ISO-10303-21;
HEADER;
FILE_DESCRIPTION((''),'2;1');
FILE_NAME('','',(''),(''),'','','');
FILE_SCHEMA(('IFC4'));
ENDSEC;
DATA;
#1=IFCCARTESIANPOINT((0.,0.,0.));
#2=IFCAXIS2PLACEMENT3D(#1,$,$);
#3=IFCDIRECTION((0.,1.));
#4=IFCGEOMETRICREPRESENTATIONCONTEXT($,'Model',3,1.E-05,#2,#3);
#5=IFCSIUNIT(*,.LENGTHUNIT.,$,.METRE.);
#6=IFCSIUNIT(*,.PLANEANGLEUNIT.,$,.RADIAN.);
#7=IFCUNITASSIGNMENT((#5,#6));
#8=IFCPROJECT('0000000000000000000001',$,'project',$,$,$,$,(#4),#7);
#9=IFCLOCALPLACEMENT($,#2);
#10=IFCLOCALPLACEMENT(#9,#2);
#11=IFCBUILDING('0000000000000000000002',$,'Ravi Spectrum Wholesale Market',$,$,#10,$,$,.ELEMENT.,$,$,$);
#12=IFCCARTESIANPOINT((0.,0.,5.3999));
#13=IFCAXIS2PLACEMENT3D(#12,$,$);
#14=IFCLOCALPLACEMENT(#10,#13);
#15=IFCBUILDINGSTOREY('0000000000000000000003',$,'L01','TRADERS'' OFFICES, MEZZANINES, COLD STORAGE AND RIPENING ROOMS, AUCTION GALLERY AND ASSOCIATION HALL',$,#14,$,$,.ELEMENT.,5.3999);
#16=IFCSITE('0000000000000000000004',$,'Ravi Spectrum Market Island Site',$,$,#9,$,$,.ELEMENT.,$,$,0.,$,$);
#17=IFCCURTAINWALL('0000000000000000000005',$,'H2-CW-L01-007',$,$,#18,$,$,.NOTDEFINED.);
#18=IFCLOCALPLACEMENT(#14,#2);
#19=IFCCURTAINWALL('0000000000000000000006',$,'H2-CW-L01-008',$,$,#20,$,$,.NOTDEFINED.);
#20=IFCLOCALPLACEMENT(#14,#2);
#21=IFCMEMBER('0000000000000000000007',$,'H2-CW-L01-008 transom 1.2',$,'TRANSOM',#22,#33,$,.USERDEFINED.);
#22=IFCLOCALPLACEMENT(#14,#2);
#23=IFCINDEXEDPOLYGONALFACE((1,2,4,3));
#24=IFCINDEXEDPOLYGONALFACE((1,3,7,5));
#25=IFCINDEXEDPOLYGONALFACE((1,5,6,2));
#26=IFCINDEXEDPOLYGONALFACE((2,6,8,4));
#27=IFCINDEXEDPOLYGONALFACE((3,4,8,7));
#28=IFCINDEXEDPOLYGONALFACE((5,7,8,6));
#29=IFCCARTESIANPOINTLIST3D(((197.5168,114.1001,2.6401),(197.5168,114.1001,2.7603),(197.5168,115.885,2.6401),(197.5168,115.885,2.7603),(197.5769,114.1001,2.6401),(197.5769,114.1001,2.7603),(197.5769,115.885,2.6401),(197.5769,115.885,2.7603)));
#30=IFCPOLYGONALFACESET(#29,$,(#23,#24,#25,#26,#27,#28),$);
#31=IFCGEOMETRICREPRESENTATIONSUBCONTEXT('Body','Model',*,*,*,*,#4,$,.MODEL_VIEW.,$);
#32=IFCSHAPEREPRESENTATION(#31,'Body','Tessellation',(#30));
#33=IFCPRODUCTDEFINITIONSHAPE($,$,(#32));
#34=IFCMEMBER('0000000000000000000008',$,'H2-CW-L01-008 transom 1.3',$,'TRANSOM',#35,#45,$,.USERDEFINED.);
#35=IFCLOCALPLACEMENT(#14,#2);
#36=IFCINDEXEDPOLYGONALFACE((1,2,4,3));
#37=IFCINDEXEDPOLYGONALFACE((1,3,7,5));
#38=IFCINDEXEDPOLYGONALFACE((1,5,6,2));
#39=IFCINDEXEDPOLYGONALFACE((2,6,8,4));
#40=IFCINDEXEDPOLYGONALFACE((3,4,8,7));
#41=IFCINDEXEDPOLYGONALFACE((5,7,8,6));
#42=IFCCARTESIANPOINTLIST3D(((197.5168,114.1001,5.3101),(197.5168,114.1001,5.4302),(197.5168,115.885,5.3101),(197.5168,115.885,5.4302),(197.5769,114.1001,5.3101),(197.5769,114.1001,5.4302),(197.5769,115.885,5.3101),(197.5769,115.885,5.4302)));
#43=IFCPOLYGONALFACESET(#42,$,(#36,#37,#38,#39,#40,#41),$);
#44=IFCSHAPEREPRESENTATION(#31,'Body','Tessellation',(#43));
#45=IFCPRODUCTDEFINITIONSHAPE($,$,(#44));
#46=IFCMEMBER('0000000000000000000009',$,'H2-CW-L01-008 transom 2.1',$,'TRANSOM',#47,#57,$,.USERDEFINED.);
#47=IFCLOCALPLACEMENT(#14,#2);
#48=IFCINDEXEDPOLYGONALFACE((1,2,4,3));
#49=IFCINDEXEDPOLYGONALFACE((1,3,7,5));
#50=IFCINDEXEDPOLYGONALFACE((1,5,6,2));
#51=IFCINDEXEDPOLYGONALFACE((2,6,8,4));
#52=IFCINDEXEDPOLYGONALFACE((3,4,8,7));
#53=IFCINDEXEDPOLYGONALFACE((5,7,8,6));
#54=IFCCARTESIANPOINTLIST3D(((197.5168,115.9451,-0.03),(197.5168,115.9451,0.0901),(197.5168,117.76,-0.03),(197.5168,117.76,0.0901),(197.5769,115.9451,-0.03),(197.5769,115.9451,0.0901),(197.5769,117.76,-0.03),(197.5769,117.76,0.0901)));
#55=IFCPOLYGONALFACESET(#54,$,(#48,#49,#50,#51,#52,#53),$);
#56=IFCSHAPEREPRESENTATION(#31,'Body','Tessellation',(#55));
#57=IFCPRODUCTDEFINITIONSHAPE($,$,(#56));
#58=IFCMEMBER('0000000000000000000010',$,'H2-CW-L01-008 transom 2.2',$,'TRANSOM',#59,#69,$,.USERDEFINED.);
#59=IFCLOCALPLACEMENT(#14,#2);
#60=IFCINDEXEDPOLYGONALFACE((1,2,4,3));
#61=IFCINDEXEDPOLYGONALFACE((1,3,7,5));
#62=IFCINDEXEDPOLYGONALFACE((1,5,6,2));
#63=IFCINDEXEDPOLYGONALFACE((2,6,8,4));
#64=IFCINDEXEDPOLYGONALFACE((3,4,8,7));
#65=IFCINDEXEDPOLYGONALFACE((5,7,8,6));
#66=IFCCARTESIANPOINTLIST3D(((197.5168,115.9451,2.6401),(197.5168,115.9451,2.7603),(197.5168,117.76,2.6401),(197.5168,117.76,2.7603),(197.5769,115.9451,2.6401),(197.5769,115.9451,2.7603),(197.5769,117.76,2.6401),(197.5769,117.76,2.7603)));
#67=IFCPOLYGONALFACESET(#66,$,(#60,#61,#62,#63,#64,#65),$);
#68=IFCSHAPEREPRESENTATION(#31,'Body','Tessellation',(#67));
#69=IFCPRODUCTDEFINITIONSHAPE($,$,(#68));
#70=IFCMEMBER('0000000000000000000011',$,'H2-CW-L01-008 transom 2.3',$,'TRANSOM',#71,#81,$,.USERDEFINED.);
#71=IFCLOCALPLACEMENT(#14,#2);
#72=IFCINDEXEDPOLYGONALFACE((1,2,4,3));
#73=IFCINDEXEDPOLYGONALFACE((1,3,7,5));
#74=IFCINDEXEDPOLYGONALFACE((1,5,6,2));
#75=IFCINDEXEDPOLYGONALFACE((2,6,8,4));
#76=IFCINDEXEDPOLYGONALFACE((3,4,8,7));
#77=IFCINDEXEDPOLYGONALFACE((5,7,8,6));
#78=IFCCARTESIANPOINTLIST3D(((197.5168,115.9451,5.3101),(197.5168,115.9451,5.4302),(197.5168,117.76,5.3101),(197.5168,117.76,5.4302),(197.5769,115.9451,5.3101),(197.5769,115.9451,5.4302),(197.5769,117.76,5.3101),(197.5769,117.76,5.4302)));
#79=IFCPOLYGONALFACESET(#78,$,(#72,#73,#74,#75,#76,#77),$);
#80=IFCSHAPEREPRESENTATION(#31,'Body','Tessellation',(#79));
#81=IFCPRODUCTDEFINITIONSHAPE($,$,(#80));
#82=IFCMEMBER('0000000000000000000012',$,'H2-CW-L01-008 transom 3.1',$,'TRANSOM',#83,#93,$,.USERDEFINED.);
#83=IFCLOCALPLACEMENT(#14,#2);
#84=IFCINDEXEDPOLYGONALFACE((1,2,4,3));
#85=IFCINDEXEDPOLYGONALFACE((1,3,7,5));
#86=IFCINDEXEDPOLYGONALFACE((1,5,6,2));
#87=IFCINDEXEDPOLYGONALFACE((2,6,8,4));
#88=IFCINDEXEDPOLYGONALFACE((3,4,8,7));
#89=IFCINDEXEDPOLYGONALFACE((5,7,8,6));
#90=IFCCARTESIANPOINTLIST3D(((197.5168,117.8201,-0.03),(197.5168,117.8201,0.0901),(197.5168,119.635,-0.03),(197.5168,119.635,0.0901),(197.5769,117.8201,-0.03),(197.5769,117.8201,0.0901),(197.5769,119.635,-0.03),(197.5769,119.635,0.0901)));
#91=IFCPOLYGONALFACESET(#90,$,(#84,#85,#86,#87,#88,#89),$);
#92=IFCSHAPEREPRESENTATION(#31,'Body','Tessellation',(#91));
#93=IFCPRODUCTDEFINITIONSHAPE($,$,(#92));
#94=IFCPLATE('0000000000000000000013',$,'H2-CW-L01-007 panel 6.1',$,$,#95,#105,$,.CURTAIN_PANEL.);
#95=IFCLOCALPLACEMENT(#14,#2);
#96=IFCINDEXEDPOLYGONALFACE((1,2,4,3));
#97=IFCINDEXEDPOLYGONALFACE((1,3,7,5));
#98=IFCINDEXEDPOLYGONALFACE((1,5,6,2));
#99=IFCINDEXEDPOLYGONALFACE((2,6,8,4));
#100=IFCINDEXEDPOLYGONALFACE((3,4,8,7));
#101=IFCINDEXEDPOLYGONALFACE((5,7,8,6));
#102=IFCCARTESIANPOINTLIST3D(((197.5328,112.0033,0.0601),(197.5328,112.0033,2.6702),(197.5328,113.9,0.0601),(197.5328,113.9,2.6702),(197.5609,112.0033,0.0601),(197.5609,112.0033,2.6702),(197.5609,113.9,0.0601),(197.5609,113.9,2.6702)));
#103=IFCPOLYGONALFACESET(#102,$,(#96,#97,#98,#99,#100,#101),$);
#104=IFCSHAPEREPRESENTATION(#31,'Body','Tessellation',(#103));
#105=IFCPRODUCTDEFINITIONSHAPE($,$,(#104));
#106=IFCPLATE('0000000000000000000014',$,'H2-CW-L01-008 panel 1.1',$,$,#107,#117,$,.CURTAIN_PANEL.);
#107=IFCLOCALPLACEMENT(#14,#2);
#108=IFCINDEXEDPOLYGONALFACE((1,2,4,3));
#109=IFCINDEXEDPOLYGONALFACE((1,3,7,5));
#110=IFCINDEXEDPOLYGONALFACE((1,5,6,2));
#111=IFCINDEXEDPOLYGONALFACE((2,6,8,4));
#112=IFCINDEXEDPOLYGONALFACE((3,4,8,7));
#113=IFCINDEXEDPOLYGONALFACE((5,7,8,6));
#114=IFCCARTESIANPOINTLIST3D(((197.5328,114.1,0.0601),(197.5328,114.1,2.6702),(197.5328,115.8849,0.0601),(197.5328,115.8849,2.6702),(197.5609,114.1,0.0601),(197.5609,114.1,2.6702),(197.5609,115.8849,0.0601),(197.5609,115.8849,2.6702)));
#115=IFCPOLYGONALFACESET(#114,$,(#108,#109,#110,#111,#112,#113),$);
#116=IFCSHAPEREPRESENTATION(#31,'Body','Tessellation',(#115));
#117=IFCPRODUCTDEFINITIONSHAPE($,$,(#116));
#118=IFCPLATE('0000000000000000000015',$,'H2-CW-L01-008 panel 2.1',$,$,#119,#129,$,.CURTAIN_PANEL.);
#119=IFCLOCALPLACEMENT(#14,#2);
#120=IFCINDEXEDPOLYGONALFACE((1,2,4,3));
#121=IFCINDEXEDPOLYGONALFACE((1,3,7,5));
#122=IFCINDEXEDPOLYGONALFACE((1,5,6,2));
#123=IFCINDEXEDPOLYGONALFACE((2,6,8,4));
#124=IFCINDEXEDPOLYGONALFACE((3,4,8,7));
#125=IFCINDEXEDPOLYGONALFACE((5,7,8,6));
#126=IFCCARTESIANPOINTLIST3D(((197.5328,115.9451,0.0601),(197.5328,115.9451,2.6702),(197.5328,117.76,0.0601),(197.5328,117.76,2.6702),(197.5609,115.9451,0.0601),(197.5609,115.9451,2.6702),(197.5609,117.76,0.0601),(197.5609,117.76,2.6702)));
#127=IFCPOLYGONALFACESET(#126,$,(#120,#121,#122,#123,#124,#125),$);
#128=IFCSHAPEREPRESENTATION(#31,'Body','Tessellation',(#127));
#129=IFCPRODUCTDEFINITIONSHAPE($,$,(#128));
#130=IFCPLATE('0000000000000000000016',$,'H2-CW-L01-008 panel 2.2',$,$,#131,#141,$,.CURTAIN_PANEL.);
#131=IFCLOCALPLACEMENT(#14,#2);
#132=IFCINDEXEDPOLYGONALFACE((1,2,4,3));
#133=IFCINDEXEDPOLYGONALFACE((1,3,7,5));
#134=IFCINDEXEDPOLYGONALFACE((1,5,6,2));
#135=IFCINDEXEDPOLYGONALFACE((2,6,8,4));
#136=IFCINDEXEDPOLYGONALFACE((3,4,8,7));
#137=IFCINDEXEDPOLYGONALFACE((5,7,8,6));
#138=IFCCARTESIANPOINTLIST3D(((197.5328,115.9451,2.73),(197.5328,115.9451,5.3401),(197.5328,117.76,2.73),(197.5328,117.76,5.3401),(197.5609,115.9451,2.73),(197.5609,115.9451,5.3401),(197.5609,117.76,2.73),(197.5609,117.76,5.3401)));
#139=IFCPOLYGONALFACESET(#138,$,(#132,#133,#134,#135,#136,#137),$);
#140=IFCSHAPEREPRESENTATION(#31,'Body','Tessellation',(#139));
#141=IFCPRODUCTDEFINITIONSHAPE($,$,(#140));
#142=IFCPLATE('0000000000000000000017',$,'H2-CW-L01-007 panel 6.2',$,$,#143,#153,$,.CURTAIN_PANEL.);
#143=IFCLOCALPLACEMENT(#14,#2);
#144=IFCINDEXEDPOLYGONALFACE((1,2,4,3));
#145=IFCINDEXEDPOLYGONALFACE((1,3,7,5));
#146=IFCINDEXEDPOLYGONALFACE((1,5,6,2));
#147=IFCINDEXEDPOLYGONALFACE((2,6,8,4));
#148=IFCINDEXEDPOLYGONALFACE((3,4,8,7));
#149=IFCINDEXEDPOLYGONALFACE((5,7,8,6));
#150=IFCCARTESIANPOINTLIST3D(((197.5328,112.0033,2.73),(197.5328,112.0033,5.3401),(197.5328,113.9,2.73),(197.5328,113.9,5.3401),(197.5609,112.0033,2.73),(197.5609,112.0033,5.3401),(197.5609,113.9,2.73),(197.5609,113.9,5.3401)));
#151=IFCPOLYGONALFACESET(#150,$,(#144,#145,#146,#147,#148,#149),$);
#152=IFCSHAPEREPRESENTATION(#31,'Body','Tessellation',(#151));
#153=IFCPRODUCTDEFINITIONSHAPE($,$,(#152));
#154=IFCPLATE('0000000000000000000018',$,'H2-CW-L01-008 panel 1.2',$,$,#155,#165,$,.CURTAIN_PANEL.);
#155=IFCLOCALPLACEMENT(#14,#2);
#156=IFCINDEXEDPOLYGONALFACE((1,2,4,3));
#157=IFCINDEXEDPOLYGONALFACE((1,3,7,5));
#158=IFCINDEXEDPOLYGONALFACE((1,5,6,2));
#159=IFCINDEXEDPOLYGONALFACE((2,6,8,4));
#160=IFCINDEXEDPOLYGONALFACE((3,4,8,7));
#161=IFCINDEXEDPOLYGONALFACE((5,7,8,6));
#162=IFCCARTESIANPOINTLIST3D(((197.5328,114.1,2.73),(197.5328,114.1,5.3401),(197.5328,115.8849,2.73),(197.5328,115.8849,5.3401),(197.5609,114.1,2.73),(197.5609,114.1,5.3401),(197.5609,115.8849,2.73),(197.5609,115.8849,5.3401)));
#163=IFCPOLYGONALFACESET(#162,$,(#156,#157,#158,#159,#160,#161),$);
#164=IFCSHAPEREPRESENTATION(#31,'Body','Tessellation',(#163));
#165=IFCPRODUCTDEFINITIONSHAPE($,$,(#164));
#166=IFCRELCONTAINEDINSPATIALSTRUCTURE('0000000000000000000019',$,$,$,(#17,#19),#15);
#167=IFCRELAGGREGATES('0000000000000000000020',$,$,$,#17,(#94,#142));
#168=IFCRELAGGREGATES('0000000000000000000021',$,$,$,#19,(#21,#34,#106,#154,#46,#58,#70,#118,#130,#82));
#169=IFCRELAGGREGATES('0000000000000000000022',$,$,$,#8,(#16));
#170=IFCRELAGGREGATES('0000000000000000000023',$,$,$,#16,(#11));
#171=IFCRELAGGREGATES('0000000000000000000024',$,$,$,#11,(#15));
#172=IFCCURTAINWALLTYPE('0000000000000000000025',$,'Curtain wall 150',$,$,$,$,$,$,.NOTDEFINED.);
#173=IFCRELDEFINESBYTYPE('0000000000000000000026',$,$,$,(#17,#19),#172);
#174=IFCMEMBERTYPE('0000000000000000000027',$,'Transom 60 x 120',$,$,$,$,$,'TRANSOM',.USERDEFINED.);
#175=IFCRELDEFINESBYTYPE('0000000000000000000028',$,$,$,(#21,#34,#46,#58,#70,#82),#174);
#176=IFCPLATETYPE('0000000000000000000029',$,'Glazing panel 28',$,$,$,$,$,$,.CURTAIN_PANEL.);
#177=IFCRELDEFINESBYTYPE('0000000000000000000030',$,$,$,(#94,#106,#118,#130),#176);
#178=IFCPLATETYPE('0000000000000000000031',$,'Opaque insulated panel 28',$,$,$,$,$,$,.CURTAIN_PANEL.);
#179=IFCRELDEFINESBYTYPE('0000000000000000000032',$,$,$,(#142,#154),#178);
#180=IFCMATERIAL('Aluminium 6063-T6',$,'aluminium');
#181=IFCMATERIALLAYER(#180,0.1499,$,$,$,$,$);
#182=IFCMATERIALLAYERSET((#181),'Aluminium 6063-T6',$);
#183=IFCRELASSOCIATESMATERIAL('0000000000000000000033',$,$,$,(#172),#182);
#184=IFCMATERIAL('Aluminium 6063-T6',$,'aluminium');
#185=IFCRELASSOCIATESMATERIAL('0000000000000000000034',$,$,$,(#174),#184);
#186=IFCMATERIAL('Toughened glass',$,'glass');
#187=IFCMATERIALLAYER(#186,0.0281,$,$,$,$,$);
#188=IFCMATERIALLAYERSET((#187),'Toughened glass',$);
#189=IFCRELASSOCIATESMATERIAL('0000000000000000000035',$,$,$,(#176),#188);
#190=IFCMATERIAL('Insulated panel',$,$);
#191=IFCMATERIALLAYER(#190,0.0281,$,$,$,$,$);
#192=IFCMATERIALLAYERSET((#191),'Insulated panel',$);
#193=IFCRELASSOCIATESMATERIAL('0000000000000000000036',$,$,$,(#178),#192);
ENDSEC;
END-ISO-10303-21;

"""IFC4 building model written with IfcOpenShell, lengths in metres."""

from ifc_helpers import new_model, si_unit, direction, frame, origin, origin_2d, place, context, subcontext, project, spatial, rectangle, extrude, material, layer, layer_set, material_profile, profile_set, type_object, element, aggregate, save


model = new_model("IFC4")

# Units and contexts
model_context = context("Model", 3, precision=1e-05, world=origin(), true_north=direction((0.0, 1.0)))
body_context = subcontext(model_context, "Body", "Model", "MODEL_VIEW")
ifc_project = project(units=[si_unit("LENGTHUNIT", "METRE"), si_unit("PLANEANGLEUNIT", "RADIAN")], contexts=[model_context])

# Site, building, storey
site_placement = place(None, origin())
site = spatial("IfcSite", under=ifc_project, at=site_placement, Name="Ravi Spectrum Market Island Site", CompositionType="ELEMENT", RefElevation=0.0)
building_placement = place(site_placement, origin())
building = spatial("IfcBuilding", under=site, at=building_placement, Name="Ravi Spectrum Wholesale Market", CompositionType="ELEMENT")
storey_placement = place(building_placement, frame((0.0, 0.0, 5.3999)))
storey = spatial("IfcBuildingStorey", under=building, at=storey_placement, Name="L01", Description="TRADERS' OFFICES, MEZZANINES, COLD STORAGE AND RIPENING ROOMS, AUCTION GALLERY AND ASSOCIATION HALL", CompositionType="ELEMENT", Elevation=5.3999)

# Curtain wall
ifc_material_1 = material(Name="Aluminium 6063-T6", Category="aluminium")
ifc_layer_1 = layer(ifc_material_1, 0.1499)
ifc_layer_set_1 = layer_set([ifc_layer_1], Name="Aluminium 6063-T6")
curtain_wall_type = type_object("IfcCurtainWallType", Name="Curtain wall 150", PredefinedType="NOTDEFINED", material=ifc_layer_set_1)
curtain_wall_1_placement = place(storey_placement, origin())
curtain_wall_1 = element("IfcCurtainWall", 1, at=curtain_wall_1_placement, inside=storey, type_object=curtain_wall_type, Name="H2-CW-L01-007", PredefinedType="NOTDEFINED")

# Curtain wall
curtain_wall_2_placement = place(storey_placement, origin())
curtain_wall_2 = element("IfcCurtainWall", 2, at=curtain_wall_2_placement, inside=storey, type_object=curtain_wall_type, Name="H2-CW-L01-008", PredefinedType="NOTDEFINED")

# Members
ifc_material_2 = material(Name="Aluminium 6063-T6", Category="aluminium")
ifc_material_profile_1 = material_profile(ifc_material_2, rectangle(XDim=0.0601, YDim=0.1201, at=origin_2d()))
ifc_profile_set_1 = profile_set([ifc_material_profile_1], Name="Aluminium 6063-T6")
member_type_1 = type_object("IfcMemberType", Name="Transom 60 x 120", ElementType="TRANSOM", PredefinedType="USERDEFINED", material=ifc_profile_set_1)
member_1_placement = place(storey_placement, frame((197.5469, 114.1001, 2.7002), z_axis=(0.0, 1.0, 0.0), x_axis=(-1.0, 0.0, 0.0)))
member_1 = element("IfcMember", 3, at=member_1_placement, type_object=member_type_1, Name="H2-CW-L01-008 transom 1.2", ObjectType="TRANSOM", PredefinedType="USERDEFINED", context=body_context, shape_type="SweptSolid", body=[
    extrude(rectangle(XDim=0.0601, YDim=0.1201, at=origin_2d()), origin(), (0.0, 0.0, 1.0), 1.7849),
])
member_2_placement = place(storey_placement, frame((197.5469, 114.1001, 5.3701), z_axis=(0.0, 1.0, 0.0), x_axis=(-1.0, 0.0, 0.0)))
member_2 = element("IfcMember", 4, at=member_2_placement, type_object=member_type_1, Name="H2-CW-L01-008 transom 1.3", ObjectType="TRANSOM", PredefinedType="USERDEFINED", context=body_context, shape_type="SweptSolid", body=[
    extrude(rectangle(XDim=0.0601, YDim=0.1201, at=origin_2d()), origin(), (0.0, 0.0, 1.0), 1.7849),
])
member_3_placement = place(storey_placement, frame((197.5469, 115.9451, 0.03), z_axis=(0.0, 1.0, 0.0), x_axis=(-1.0, 0.0, 0.0)))
member_3 = element("IfcMember", 5, at=member_3_placement, type_object=member_type_1, Name="H2-CW-L01-008 transom 2.1", ObjectType="TRANSOM", PredefinedType="USERDEFINED", context=body_context, shape_type="SweptSolid", body=[
    extrude(rectangle(XDim=0.0601, YDim=0.1201, at=origin_2d()), origin(), (0.0, 0.0, 1.0), 1.8149),
])
member_4_placement = place(storey_placement, frame((197.5469, 115.9451, 2.7002), z_axis=(0.0, 1.0, 0.0), x_axis=(-1.0, 0.0, 0.0)))
member_4 = element("IfcMember", 6, at=member_4_placement, type_object=member_type_1, Name="H2-CW-L01-008 transom 2.2", ObjectType="TRANSOM", PredefinedType="USERDEFINED", context=body_context, shape_type="SweptSolid", body=[
    extrude(rectangle(XDim=0.0601, YDim=0.1201, at=origin_2d()), origin(), (0.0, 0.0, 1.0), 1.8149),
])
member_5_placement = place(storey_placement, frame((197.5469, 115.9451, 5.3701), z_axis=(0.0, 1.0, 0.0), x_axis=(-1.0, 0.0, 0.0)))
member_5 = element("IfcMember", 7, at=member_5_placement, type_object=member_type_1, Name="H2-CW-L01-008 transom 2.3", ObjectType="TRANSOM", PredefinedType="USERDEFINED", context=body_context, shape_type="SweptSolid", body=[
    extrude(rectangle(XDim=0.0601, YDim=0.1201, at=origin_2d()), origin(), (0.0, 0.0, 1.0), 1.8149),
])
member_6_placement = place(storey_placement, frame((197.5469, 117.8201, 0.03), z_axis=(0.0, 1.0, 0.0), x_axis=(-1.0, 0.0, 0.0)))
member_6 = element("IfcMember", 8, at=member_6_placement, type_object=member_type_1, Name="H2-CW-L01-008 transom 3.1", ObjectType="TRANSOM", PredefinedType="USERDEFINED", context=body_context, shape_type="SweptSolid", body=[
    extrude(rectangle(XDim=0.0601, YDim=0.1201, at=origin_2d()), origin(), (0.0, 0.0, 1.0), 1.8149),
])

# Plates
ifc_material_3 = material(Name="Toughened glass", Category="glass")
ifc_layer_2 = layer(ifc_material_3, 0.0281)
ifc_layer_set_2 = layer_set([ifc_layer_2], Name="Toughened glass")
plate_type_1 = type_object("IfcPlateType", Name="Glazing panel 28", PredefinedType="CURTAIN_PANEL", material=ifc_layer_set_2)
plate_1_placement = place(storey_placement, frame((197.5469, 112.9517, 0.0601), z_axis=(0.0, 0.0, 1.0), x_axis=(0.0, 1.0, 0.0)))
plate_1 = element("IfcPlate", 9, at=plate_1_placement, type_object=plate_type_1, Name="H2-CW-L01-007 panel 6.1", PredefinedType="CURTAIN_PANEL", context=body_context, shape_type="SweptSolid", body=[
    extrude(rectangle(XDim=1.8967, YDim=0.0281, at=origin_2d()), origin(), (0.0, 0.0, 1.0), 2.6101),
])
plate_2_placement = place(storey_placement, frame((197.5469, 114.9924, 0.0601), z_axis=(0.0, 0.0, 1.0), x_axis=(0.0, 1.0, 0.0)))
plate_2 = element("IfcPlate", 10, at=plate_2_placement, type_object=plate_type_1, Name="H2-CW-L01-008 panel 1.1", PredefinedType="CURTAIN_PANEL", context=body_context, shape_type="SweptSolid", body=[
    extrude(rectangle(XDim=1.7849, YDim=0.0281, at=origin_2d()), origin(), (0.0, 0.0, 1.0), 2.6101),
])
plate_3_placement = place(storey_placement, frame((197.5469, 116.8525, 0.0601), z_axis=(0.0, 0.0, 1.0), x_axis=(0.0, 1.0, 0.0)))
plate_3 = element("IfcPlate", 11, at=plate_3_placement, type_object=plate_type_1, Name="H2-CW-L01-008 panel 2.1", PredefinedType="CURTAIN_PANEL", context=body_context, shape_type="SweptSolid", body=[
    extrude(rectangle(XDim=1.8149, YDim=0.0281, at=origin_2d()), origin(), (0.0, 0.0, 1.0), 2.6101),
])
plate_4_placement = place(storey_placement, frame((197.5469, 116.8525, 2.73), z_axis=(0.0, 0.0, 1.0), x_axis=(0.0, 1.0, 0.0)))
plate_4 = element("IfcPlate", 12, at=plate_4_placement, type_object=plate_type_1, Name="H2-CW-L01-008 panel 2.2", PredefinedType="CURTAIN_PANEL", context=body_context, shape_type="SweptSolid", body=[
    extrude(rectangle(XDim=1.8149, YDim=0.0281, at=origin_2d()), origin(), (0.0, 0.0, 1.0), 2.6101),
])
ifc_material_4 = material(Name="Insulated panel")
ifc_layer_3 = layer(ifc_material_4, 0.0281)
ifc_layer_set_3 = layer_set([ifc_layer_3], Name="Insulated panel")
plate_type_2 = type_object("IfcPlateType", Name="Opaque insulated panel 28", PredefinedType="CURTAIN_PANEL", material=ifc_layer_set_3)
plate_5_placement = place(storey_placement, frame((197.5469, 112.9517, 2.73), z_axis=(0.0, 0.0, 1.0), x_axis=(0.0, 1.0, 0.0)))
plate_5 = element("IfcPlate", 13, at=plate_5_placement, type_object=plate_type_2, Name="H2-CW-L01-007 panel 6.2", PredefinedType="CURTAIN_PANEL", context=body_context, shape_type="SweptSolid", body=[
    extrude(rectangle(XDim=1.8967, YDim=0.0281, at=origin_2d()), origin(), (0.0, 0.0, 1.0), 2.6101),
])
aggregate(curtain_wall_1, [plate_1, plate_5])
plate_6_placement = place(storey_placement, frame((197.5469, 114.9924, 2.73), z_axis=(0.0, 0.0, 1.0), x_axis=(0.0, 1.0, 0.0)))
plate_6 = element("IfcPlate", 14, at=plate_6_placement, type_object=plate_type_2, Name="H2-CW-L01-008 panel 1.2", PredefinedType="CURTAIN_PANEL", context=body_context, shape_type="SweptSolid", body=[
    extrude(rectangle(XDim=1.7849, YDim=0.0281, at=origin_2d()), origin(), (0.0, 0.0, 1.0), 2.6101),
])
aggregate(curtain_wall_2, [member_1, member_2, plate_2, plate_6, member_3, member_4, member_5, plate_3, plate_4, member_6])

save(model, "model.ifc")
